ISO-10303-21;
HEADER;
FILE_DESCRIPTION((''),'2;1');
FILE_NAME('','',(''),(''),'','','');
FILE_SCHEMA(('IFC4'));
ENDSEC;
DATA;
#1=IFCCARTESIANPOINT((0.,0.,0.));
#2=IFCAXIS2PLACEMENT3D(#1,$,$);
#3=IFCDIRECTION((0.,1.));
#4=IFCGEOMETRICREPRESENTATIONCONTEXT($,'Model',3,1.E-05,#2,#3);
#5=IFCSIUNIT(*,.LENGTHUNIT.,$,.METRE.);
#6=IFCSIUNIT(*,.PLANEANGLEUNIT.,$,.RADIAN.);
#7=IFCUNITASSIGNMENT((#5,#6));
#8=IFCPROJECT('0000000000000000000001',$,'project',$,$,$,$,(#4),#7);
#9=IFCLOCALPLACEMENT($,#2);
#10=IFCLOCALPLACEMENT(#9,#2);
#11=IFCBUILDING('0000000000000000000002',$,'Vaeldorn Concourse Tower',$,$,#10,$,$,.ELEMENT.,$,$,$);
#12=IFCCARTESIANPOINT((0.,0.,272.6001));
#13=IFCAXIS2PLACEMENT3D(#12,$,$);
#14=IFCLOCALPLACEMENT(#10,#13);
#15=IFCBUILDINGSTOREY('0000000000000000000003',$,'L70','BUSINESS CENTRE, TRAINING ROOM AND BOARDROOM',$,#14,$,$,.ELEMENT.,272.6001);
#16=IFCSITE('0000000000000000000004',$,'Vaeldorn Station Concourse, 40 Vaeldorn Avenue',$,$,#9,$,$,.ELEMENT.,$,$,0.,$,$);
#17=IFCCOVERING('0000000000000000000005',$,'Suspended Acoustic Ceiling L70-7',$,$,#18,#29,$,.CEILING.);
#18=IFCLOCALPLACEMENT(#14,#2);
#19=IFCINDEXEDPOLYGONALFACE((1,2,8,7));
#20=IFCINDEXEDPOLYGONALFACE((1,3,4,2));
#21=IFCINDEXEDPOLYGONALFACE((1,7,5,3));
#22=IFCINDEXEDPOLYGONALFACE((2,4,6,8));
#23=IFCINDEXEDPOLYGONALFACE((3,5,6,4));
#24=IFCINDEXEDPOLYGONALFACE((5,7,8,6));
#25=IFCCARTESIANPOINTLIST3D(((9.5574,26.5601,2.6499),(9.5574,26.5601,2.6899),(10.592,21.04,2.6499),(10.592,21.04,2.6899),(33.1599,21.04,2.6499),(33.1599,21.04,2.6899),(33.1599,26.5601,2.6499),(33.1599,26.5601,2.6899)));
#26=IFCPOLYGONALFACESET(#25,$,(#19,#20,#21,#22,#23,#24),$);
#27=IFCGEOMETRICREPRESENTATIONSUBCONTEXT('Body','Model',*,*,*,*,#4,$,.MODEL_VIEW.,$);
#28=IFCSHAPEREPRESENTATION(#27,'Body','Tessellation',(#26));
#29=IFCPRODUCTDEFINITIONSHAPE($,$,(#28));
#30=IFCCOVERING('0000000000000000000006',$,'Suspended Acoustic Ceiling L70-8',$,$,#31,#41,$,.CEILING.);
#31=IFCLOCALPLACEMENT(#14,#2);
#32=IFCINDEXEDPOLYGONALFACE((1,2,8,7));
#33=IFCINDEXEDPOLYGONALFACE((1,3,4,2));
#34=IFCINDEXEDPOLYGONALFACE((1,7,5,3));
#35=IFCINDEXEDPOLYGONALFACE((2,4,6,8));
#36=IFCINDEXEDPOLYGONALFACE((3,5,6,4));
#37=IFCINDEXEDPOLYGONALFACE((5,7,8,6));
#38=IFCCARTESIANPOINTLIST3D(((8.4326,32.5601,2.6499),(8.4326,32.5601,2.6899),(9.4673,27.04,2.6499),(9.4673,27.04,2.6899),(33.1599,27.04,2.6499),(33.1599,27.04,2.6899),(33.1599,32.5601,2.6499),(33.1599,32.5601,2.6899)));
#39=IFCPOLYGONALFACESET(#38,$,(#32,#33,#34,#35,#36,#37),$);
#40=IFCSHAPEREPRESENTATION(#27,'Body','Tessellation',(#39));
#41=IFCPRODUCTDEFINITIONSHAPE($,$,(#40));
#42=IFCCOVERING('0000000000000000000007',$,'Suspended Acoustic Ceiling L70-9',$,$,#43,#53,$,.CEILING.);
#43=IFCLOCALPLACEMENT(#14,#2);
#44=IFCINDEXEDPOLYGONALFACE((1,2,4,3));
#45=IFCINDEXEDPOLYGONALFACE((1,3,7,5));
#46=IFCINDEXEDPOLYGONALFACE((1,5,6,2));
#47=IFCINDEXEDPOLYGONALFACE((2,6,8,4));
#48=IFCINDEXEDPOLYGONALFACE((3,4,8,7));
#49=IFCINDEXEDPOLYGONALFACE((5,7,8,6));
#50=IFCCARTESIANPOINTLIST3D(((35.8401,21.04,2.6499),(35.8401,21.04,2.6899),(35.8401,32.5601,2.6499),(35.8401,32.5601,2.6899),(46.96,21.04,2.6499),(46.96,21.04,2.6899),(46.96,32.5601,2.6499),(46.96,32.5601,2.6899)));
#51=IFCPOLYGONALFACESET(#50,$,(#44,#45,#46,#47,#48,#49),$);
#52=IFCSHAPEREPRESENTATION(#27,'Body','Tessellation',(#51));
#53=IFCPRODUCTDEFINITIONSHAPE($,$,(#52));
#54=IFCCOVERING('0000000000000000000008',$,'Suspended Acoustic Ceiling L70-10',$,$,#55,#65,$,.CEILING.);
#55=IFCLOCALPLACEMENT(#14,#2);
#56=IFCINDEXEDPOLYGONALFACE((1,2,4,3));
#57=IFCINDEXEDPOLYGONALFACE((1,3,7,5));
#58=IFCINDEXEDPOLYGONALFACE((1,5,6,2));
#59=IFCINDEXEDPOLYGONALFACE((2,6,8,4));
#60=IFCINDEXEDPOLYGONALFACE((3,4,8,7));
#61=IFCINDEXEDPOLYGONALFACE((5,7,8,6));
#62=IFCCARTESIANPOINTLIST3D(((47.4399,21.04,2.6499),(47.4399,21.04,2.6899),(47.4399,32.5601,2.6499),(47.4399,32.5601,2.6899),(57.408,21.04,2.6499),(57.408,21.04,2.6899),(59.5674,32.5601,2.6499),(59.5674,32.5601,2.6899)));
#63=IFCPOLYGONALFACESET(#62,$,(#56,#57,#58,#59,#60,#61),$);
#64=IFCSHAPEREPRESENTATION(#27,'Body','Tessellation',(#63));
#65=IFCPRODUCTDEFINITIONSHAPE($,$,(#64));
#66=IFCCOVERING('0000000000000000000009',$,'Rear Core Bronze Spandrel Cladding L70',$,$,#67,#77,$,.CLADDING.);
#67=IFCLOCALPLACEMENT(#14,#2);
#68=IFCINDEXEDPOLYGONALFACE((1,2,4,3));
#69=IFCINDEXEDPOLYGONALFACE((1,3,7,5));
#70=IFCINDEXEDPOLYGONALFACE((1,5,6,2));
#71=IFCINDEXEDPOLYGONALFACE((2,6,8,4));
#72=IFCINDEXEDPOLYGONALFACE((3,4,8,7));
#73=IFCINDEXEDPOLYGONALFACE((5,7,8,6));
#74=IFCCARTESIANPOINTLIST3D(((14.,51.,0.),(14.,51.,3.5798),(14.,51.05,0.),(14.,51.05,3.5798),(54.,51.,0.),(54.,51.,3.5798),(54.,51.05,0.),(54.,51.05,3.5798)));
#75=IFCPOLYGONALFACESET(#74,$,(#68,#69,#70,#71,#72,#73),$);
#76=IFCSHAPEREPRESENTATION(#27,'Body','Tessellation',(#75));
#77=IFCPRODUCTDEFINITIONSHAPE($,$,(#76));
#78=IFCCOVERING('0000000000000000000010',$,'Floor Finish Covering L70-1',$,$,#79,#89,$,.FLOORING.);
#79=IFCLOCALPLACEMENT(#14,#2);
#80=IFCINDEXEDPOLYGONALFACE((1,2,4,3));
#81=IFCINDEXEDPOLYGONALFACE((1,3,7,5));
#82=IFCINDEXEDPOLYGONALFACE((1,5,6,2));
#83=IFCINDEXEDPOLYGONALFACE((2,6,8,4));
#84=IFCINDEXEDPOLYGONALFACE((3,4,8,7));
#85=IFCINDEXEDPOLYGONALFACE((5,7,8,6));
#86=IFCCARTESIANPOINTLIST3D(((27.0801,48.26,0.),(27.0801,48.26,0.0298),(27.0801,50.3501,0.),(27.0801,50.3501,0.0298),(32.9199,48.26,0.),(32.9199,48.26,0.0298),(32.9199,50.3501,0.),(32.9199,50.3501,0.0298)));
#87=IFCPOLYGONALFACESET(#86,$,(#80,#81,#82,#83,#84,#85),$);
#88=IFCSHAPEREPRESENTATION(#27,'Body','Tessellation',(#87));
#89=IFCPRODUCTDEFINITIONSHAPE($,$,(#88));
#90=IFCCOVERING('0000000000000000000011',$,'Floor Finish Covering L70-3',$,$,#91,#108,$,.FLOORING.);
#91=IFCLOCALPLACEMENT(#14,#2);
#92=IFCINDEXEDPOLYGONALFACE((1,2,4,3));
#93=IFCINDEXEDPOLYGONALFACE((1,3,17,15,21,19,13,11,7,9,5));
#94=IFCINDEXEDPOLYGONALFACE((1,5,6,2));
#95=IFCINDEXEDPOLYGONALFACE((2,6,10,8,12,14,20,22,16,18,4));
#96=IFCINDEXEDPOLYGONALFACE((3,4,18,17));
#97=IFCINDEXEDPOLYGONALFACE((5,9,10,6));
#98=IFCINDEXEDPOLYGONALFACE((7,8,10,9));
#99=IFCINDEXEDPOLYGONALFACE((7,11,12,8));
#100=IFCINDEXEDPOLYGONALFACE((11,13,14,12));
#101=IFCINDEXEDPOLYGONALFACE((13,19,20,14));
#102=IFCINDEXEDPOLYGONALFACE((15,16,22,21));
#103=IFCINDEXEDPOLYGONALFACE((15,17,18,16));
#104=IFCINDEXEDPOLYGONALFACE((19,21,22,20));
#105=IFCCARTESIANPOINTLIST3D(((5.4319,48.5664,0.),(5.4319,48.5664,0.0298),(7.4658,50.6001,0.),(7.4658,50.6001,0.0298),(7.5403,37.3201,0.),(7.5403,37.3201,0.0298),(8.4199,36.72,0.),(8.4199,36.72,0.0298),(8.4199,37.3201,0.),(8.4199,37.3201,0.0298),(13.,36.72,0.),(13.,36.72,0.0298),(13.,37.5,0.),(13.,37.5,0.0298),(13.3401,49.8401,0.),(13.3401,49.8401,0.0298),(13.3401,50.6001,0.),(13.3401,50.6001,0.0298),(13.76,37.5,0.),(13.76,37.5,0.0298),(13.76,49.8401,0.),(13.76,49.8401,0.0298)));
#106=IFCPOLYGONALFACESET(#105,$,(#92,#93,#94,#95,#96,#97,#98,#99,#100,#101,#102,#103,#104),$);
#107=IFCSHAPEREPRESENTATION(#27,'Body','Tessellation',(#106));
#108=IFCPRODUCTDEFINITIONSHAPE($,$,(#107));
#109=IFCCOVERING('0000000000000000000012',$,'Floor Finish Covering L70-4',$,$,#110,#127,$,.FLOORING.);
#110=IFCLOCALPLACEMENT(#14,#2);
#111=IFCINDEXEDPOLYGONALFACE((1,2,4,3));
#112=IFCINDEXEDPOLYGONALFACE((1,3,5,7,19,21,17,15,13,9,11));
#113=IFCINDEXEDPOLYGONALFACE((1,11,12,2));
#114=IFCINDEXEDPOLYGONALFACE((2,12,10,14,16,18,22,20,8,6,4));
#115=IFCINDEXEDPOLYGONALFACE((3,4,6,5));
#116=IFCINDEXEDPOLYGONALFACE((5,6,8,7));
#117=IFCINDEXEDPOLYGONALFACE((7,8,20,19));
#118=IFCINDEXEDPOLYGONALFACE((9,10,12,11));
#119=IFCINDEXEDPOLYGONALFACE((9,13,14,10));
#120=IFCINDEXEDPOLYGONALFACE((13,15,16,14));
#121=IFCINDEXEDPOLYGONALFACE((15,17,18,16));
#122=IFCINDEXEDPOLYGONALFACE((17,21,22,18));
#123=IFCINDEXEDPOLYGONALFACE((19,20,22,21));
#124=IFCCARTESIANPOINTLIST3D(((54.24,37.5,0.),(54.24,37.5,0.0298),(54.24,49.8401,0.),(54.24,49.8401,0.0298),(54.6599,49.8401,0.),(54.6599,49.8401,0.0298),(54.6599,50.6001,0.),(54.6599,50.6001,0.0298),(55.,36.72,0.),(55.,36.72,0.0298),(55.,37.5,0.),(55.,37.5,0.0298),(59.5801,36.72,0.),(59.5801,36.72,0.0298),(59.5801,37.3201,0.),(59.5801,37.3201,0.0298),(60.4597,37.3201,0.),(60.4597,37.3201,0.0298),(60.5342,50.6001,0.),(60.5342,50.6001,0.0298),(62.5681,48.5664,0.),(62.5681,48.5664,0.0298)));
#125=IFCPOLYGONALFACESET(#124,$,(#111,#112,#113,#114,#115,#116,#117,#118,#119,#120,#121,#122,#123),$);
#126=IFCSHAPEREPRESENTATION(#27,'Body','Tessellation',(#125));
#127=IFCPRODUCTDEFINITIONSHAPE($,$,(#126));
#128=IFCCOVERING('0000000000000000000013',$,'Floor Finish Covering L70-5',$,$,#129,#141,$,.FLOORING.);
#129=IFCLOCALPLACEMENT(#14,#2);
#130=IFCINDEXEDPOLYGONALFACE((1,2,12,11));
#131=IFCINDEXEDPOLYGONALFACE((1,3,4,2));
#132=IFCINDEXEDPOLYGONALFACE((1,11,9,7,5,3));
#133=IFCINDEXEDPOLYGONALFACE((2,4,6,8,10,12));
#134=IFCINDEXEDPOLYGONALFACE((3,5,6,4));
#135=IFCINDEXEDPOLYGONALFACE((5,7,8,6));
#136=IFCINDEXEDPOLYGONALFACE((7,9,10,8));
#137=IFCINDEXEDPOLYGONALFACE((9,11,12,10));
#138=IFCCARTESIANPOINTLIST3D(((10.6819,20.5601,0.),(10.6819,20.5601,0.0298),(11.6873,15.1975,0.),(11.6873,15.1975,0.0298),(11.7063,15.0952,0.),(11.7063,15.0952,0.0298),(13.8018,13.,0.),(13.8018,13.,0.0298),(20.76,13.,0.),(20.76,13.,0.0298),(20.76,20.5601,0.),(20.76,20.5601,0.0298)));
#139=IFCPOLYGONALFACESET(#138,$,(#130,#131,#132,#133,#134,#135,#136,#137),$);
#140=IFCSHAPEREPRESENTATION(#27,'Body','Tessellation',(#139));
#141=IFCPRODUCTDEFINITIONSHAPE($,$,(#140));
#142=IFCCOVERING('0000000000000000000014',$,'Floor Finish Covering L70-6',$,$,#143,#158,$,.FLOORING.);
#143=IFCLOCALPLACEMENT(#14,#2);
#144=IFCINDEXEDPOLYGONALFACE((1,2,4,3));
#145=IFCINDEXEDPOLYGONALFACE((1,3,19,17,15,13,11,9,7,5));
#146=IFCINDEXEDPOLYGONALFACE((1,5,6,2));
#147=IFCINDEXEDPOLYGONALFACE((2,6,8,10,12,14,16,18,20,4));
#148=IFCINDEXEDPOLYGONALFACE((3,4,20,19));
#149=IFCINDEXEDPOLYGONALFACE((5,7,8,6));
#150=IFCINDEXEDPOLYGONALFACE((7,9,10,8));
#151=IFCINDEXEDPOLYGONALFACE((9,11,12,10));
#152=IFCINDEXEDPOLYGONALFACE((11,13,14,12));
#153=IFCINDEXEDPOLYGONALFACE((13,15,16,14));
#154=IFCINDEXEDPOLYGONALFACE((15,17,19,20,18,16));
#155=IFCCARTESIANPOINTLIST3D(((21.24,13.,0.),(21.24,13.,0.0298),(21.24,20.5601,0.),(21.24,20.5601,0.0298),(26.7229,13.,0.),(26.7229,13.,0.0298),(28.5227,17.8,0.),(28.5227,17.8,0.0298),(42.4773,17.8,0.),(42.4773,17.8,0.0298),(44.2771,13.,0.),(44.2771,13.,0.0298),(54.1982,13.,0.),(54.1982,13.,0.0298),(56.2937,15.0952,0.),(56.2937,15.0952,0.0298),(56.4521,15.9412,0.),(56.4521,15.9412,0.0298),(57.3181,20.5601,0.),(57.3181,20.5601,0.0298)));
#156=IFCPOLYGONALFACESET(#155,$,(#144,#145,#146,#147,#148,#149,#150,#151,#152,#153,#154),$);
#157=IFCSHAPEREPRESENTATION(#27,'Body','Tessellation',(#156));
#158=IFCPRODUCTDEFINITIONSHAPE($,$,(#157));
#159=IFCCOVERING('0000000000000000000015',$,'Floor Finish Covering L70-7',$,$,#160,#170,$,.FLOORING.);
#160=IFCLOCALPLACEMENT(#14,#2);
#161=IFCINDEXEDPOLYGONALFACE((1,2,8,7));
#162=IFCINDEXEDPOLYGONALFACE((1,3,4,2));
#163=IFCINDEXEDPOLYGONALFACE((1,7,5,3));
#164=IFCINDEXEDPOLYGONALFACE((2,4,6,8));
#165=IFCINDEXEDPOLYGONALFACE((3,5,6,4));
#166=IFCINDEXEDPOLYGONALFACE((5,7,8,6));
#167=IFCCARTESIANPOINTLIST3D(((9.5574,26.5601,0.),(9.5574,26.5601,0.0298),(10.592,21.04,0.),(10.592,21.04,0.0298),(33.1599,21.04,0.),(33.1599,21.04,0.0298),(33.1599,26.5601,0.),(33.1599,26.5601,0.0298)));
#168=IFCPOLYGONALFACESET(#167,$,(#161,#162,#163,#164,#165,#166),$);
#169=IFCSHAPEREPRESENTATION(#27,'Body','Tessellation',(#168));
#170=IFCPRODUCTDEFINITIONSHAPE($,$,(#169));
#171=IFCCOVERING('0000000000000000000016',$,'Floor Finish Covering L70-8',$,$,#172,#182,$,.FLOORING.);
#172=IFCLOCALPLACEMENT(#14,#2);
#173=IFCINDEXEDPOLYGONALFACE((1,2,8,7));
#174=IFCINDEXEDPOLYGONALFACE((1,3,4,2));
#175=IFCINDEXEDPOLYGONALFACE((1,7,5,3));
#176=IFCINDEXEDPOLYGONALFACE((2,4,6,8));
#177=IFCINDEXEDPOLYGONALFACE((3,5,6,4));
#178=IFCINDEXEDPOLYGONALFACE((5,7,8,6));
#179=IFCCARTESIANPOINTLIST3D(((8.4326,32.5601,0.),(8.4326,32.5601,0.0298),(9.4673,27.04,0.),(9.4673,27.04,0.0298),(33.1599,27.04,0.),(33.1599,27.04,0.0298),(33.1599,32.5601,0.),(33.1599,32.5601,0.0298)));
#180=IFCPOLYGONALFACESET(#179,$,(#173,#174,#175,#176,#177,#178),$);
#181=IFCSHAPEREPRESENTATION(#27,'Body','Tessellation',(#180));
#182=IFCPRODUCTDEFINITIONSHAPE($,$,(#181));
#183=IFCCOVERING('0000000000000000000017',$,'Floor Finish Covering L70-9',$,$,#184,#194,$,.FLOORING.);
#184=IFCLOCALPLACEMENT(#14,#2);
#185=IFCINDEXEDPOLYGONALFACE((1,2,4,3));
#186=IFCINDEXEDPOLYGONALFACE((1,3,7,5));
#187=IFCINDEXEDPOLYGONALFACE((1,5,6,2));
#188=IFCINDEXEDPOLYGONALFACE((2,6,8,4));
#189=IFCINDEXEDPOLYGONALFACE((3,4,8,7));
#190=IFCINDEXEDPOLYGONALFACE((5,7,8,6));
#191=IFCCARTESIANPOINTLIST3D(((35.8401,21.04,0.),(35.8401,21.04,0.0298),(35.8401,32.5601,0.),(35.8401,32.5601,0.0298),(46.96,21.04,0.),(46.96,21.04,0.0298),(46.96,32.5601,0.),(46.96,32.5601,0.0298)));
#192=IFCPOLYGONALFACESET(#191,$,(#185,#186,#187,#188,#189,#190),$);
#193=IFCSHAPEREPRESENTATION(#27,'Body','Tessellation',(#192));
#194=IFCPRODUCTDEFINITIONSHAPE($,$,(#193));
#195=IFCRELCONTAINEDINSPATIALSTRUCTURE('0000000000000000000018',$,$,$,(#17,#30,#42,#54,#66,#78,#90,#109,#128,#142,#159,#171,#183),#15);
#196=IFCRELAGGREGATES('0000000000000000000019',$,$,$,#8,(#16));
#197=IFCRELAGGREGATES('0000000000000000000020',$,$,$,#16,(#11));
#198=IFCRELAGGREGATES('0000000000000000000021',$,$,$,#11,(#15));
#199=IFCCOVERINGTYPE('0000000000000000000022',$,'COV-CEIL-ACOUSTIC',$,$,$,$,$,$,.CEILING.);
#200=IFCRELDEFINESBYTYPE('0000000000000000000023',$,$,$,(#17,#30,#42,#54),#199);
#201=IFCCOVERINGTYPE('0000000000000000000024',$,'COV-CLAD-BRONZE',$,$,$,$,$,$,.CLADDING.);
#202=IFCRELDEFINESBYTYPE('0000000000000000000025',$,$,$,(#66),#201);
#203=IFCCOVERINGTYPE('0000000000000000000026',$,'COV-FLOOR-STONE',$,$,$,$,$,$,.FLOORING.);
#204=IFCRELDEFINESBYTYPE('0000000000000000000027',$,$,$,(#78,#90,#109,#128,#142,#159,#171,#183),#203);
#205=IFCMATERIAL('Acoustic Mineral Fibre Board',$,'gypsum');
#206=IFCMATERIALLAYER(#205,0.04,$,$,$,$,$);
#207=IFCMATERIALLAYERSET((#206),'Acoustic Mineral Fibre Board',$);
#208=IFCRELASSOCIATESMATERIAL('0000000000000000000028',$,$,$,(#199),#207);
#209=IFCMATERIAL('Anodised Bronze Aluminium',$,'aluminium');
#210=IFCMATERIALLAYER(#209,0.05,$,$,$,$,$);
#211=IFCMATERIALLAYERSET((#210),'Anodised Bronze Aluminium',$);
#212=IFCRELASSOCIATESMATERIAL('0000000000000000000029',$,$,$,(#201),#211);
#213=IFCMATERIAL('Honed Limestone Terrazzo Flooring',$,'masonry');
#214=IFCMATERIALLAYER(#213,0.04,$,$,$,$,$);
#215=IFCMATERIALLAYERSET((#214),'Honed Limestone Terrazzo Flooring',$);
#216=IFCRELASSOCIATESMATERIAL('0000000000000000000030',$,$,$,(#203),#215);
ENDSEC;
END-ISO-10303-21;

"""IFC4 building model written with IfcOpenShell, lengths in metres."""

from ifc_helpers import new_model, si_unit, direction, frame, origin, place, context, subcontext, project, spatial, polyline, outline, extrude, material, layer, layer_set, type_object, element, save


model = new_model("IFC4")

# Units and contexts
model_context = context("Model", 3, precision=1e-05, world=origin(), true_north=direction((0.0, 1.0)))
body_context = subcontext(model_context, "Body", "Model", "MODEL_VIEW")
ifc_project = project(units=[si_unit("LENGTHUNIT", "METRE"), si_unit("PLANEANGLEUNIT", "RADIAN")], contexts=[model_context])

# Site, building, storey
site_placement = place(None, origin())
site = spatial("IfcSite", under=ifc_project, at=site_placement, Name="Vaeldorn Station Concourse, 40 Vaeldorn Avenue", CompositionType="ELEMENT", RefElevation=0.0)
building_placement = place(site_placement, origin())
building = spatial("IfcBuilding", under=site, at=building_placement, Name="Vaeldorn Concourse Tower", CompositionType="ELEMENT")
storey_placement = place(building_placement, frame((0.0, 0.0, 272.6001)))
storey = spatial("IfcBuildingStorey", under=building, at=storey_placement, Name="L70", Description="BUSINESS CENTRE, TRAINING ROOM AND BOARDROOM", CompositionType="ELEMENT", Elevation=272.6001)

# Coverings
ifc_material_1 = material(Name="Acoustic Mineral Fibre Board", Category="gypsum")
ifc_layer_1 = layer(ifc_material_1, 0.04)
ifc_layer_set_1 = layer_set([ifc_layer_1], Name="Acoustic Mineral Fibre Board")
covering_type_1 = type_object("IfcCoveringType", Name="COV-CEIL-ACOUSTIC", PredefinedType="CEILING", material=ifc_layer_set_1)
covering_1_placement = place(storey_placement, frame((0.0, 0.0, 2.6499)))
element("IfcCovering", 1, at=covering_1_placement, inside=storey, type_object=covering_type_1, Name="Suspended Acoustic Ceiling L70-7", PredefinedType="CEILING", context=body_context, shape_type="SweptSolid", body=[
    extrude(outline(polyline([(33.1599, 26.5601), (33.1599, 21.04), (10.592, 21.04), (9.5574, 26.5601), (33.1599, 26.5601)])), origin(), (0.0, 0.0, 1.0), 0.04),
])
covering_2_placement = place(storey_placement, frame((0.0, 0.0, 2.6499)))
element("IfcCovering", 2, at=covering_2_placement, inside=storey, type_object=covering_type_1, Name="Suspended Acoustic Ceiling L70-8", PredefinedType="CEILING", context=body_context, shape_type="SweptSolid", body=[
    extrude(outline(polyline([(33.1599, 32.5601), (33.1599, 27.04), (9.4673, 27.04), (8.4326, 32.5601), (33.1599, 32.5601)])), origin(), (0.0, 0.0, 1.0), 0.04),
])
covering_3_placement = place(storey_placement, frame((0.0, 0.0, 2.6499)))
element("IfcCovering", 3, at=covering_3_placement, inside=storey, type_object=covering_type_1, Name="Suspended Acoustic Ceiling L70-9", PredefinedType="CEILING", context=body_context, shape_type="SweptSolid", body=[
    extrude(outline(polyline([(35.8401, 32.5601), (46.96, 32.5601), (46.96, 21.04), (35.8401, 21.04), (35.8401, 32.5601)])), origin(), (0.0, 0.0, 1.0), 0.04),
])
covering_4_placement = place(storey_placement, frame((0.0, 0.0, 2.6499)))
element("IfcCovering", 4, at=covering_4_placement, inside=storey, type_object=covering_type_1, Name="Suspended Acoustic Ceiling L70-10", PredefinedType="CEILING", context=body_context, shape_type="SweptSolid", body=[
    extrude(outline(polyline([(47.4399, 21.04), (47.4399, 32.5601), (59.5674, 32.5601), (57.408, 21.04), (47.4399, 21.04)])), origin(), (0.0, 0.0, 1.0), 0.04),
])
ifc_material_2 = material(Name="Anodised Bronze Aluminium", Category="aluminium")
ifc_layer_2 = layer(ifc_material_2, 0.05)
ifc_layer_set_2 = layer_set([ifc_layer_2], Name="Anodised Bronze Aluminium")
covering_type_2 = type_object("IfcCoveringType", Name="COV-CLAD-BRONZE", PredefinedType="CLADDING", material=ifc_layer_set_2)
covering_5_placement = place(storey_placement, origin())
element("IfcCovering", 5, at=covering_5_placement, inside=storey, type_object=covering_type_2, Name="Rear Core Bronze Spandrel Cladding L70", PredefinedType="CLADDING", context=body_context, shape_type="SweptSolid", body=[
    extrude(outline(polyline([(14.0, 51.0), (54.0, 51.0), (54.0, 51.05), (14.0, 51.05), (14.0, 51.0)])), origin(), (0.0, 0.0, 1.0), 3.5798),
])
ifc_material_3 = material(Name="Honed Limestone Terrazzo Flooring", Category="masonry")
ifc_layer_3 = layer(ifc_material_3, 0.04)
ifc_layer_set_3 = layer_set([ifc_layer_3], Name="Honed Limestone Terrazzo Flooring")
covering_type_3 = type_object("IfcCoveringType", Name="COV-FLOOR-STONE", PredefinedType="FLOORING", material=ifc_layer_set_3)
covering_6_placement = place(storey_placement, origin())
element("IfcCovering", 6, at=covering_6_placement, inside=storey, type_object=covering_type_3, Name="Floor Finish Covering L70-1", PredefinedType="FLOORING", context=body_context, shape_type="SweptSolid", body=[
    extrude(outline(polyline([(27.0801, 48.26), (27.0801, 50.3501), (32.9199, 50.3501), (32.9199, 48.26), (27.0801, 48.26)])), origin(), (0.0, 0.0, 1.0), 0.0298),
])
covering_7_placement = place(storey_placement, origin())
element("IfcCovering", 7, at=covering_7_placement, inside=storey, type_object=covering_type_3, Name="Floor Finish Covering L70-3", PredefinedType="FLOORING", context=body_context, shape_type="SweptSolid", body=[
    extrude(outline(polyline([(7.4658, 50.6001), (13.3401, 50.6001), (13.3401, 49.8401), (13.76, 49.8401), (13.76, 37.5), (13.0, 37.5), (13.0, 36.72), (8.4199, 36.72), (8.4199, 37.3201), (7.5403, 37.3201), (5.4319, 48.5664), (7.4658, 50.6001)])), origin(), (0.0, 0.0, 1.0), 0.0298),
])
covering_8_placement = place(storey_placement, origin())
element("IfcCovering", 8, at=covering_8_placement, inside=storey, type_object=covering_type_3, Name="Floor Finish Covering L70-4", PredefinedType="FLOORING", context=body_context, shape_type="SweptSolid", body=[
    extrude(outline(polyline([(54.6599, 49.8401), (54.6599, 50.6001), (60.5342, 50.6001), (62.5681, 48.5664), (60.4597, 37.3201), (59.5801, 37.3201), (59.5801, 36.72), (55.0, 36.72), (55.0, 37.5), (54.24, 37.5), (54.24, 49.8401), (54.6599, 49.8401)])), origin(), (0.0, 0.0, 1.0), 0.0298),
])
covering_9_placement = place(storey_placement, origin())
element("IfcCovering", 9, at=covering_9_placement, inside=storey, type_object=covering_type_3, Name="Floor Finish Covering L70-5", PredefinedType="FLOORING", context=body_context, shape_type="SweptSolid", body=[
    extrude(outline(polyline([(20.76, 20.5601), (20.76, 13.0), (13.8018, 13.0), (11.7063, 15.0952), (11.6873, 15.1975), (10.6819, 20.5601), (20.76, 20.5601)])), origin(), (0.0, 0.0, 1.0), 0.0298),
])
covering_10_placement = place(storey_placement, origin())
element("IfcCovering", 10, at=covering_10_placement, inside=storey, type_object=covering_type_3, Name="Floor Finish Covering L70-6", PredefinedType="FLOORING", context=body_context, shape_type="SweptSolid", body=[
    extrude(outline(polyline([(26.7229, 13.0), (21.24, 13.0), (21.24, 20.5601), (57.3181, 20.5601), (56.4521, 15.9412), (56.4521, 15.9412), (56.2937, 15.0952), (54.1982, 13.0), (44.2771, 13.0), (42.4773, 17.8), (28.5227, 17.8), (26.7229, 13.0)])), origin(), (0.0, 0.0, 1.0), 0.0298),
])
covering_11_placement = place(storey_placement, origin())
element("IfcCovering", 11, at=covering_11_placement, inside=storey, type_object=covering_type_3, Name="Floor Finish Covering L70-7", PredefinedType="FLOORING", context=body_context, shape_type="SweptSolid", body=[
    extrude(outline(polyline([(33.1599, 26.5601), (33.1599, 21.04), (10.592, 21.04), (9.5574, 26.5601), (33.1599, 26.5601)])), origin(), (0.0, 0.0, 1.0), 0.0298),
])
covering_12_placement = place(storey_placement, origin())
element("IfcCovering", 12, at=covering_12_placement, inside=storey, type_object=covering_type_3, Name="Floor Finish Covering L70-8", PredefinedType="FLOORING", context=body_context, shape_type="SweptSolid", body=[
    extrude(outline(polyline([(33.1599, 32.5601), (33.1599, 27.04), (9.4673, 27.04), (8.4326, 32.5601), (33.1599, 32.5601)])), origin(), (0.0, 0.0, 1.0), 0.0298),
])
covering_13_placement = place(storey_placement, origin())
element("IfcCovering", 13, at=covering_13_placement, inside=storey, type_object=covering_type_3, Name="Floor Finish Covering L70-9", PredefinedType="FLOORING", context=body_context, shape_type="SweptSolid", body=[
    extrude(outline(polyline([(35.8401, 32.5601), (46.96, 32.5601), (46.96, 21.04), (35.8401, 21.04), (35.8401, 32.5601)])), origin(), (0.0, 0.0, 1.0), 0.0298),
])

save(model, "model.ifc")
